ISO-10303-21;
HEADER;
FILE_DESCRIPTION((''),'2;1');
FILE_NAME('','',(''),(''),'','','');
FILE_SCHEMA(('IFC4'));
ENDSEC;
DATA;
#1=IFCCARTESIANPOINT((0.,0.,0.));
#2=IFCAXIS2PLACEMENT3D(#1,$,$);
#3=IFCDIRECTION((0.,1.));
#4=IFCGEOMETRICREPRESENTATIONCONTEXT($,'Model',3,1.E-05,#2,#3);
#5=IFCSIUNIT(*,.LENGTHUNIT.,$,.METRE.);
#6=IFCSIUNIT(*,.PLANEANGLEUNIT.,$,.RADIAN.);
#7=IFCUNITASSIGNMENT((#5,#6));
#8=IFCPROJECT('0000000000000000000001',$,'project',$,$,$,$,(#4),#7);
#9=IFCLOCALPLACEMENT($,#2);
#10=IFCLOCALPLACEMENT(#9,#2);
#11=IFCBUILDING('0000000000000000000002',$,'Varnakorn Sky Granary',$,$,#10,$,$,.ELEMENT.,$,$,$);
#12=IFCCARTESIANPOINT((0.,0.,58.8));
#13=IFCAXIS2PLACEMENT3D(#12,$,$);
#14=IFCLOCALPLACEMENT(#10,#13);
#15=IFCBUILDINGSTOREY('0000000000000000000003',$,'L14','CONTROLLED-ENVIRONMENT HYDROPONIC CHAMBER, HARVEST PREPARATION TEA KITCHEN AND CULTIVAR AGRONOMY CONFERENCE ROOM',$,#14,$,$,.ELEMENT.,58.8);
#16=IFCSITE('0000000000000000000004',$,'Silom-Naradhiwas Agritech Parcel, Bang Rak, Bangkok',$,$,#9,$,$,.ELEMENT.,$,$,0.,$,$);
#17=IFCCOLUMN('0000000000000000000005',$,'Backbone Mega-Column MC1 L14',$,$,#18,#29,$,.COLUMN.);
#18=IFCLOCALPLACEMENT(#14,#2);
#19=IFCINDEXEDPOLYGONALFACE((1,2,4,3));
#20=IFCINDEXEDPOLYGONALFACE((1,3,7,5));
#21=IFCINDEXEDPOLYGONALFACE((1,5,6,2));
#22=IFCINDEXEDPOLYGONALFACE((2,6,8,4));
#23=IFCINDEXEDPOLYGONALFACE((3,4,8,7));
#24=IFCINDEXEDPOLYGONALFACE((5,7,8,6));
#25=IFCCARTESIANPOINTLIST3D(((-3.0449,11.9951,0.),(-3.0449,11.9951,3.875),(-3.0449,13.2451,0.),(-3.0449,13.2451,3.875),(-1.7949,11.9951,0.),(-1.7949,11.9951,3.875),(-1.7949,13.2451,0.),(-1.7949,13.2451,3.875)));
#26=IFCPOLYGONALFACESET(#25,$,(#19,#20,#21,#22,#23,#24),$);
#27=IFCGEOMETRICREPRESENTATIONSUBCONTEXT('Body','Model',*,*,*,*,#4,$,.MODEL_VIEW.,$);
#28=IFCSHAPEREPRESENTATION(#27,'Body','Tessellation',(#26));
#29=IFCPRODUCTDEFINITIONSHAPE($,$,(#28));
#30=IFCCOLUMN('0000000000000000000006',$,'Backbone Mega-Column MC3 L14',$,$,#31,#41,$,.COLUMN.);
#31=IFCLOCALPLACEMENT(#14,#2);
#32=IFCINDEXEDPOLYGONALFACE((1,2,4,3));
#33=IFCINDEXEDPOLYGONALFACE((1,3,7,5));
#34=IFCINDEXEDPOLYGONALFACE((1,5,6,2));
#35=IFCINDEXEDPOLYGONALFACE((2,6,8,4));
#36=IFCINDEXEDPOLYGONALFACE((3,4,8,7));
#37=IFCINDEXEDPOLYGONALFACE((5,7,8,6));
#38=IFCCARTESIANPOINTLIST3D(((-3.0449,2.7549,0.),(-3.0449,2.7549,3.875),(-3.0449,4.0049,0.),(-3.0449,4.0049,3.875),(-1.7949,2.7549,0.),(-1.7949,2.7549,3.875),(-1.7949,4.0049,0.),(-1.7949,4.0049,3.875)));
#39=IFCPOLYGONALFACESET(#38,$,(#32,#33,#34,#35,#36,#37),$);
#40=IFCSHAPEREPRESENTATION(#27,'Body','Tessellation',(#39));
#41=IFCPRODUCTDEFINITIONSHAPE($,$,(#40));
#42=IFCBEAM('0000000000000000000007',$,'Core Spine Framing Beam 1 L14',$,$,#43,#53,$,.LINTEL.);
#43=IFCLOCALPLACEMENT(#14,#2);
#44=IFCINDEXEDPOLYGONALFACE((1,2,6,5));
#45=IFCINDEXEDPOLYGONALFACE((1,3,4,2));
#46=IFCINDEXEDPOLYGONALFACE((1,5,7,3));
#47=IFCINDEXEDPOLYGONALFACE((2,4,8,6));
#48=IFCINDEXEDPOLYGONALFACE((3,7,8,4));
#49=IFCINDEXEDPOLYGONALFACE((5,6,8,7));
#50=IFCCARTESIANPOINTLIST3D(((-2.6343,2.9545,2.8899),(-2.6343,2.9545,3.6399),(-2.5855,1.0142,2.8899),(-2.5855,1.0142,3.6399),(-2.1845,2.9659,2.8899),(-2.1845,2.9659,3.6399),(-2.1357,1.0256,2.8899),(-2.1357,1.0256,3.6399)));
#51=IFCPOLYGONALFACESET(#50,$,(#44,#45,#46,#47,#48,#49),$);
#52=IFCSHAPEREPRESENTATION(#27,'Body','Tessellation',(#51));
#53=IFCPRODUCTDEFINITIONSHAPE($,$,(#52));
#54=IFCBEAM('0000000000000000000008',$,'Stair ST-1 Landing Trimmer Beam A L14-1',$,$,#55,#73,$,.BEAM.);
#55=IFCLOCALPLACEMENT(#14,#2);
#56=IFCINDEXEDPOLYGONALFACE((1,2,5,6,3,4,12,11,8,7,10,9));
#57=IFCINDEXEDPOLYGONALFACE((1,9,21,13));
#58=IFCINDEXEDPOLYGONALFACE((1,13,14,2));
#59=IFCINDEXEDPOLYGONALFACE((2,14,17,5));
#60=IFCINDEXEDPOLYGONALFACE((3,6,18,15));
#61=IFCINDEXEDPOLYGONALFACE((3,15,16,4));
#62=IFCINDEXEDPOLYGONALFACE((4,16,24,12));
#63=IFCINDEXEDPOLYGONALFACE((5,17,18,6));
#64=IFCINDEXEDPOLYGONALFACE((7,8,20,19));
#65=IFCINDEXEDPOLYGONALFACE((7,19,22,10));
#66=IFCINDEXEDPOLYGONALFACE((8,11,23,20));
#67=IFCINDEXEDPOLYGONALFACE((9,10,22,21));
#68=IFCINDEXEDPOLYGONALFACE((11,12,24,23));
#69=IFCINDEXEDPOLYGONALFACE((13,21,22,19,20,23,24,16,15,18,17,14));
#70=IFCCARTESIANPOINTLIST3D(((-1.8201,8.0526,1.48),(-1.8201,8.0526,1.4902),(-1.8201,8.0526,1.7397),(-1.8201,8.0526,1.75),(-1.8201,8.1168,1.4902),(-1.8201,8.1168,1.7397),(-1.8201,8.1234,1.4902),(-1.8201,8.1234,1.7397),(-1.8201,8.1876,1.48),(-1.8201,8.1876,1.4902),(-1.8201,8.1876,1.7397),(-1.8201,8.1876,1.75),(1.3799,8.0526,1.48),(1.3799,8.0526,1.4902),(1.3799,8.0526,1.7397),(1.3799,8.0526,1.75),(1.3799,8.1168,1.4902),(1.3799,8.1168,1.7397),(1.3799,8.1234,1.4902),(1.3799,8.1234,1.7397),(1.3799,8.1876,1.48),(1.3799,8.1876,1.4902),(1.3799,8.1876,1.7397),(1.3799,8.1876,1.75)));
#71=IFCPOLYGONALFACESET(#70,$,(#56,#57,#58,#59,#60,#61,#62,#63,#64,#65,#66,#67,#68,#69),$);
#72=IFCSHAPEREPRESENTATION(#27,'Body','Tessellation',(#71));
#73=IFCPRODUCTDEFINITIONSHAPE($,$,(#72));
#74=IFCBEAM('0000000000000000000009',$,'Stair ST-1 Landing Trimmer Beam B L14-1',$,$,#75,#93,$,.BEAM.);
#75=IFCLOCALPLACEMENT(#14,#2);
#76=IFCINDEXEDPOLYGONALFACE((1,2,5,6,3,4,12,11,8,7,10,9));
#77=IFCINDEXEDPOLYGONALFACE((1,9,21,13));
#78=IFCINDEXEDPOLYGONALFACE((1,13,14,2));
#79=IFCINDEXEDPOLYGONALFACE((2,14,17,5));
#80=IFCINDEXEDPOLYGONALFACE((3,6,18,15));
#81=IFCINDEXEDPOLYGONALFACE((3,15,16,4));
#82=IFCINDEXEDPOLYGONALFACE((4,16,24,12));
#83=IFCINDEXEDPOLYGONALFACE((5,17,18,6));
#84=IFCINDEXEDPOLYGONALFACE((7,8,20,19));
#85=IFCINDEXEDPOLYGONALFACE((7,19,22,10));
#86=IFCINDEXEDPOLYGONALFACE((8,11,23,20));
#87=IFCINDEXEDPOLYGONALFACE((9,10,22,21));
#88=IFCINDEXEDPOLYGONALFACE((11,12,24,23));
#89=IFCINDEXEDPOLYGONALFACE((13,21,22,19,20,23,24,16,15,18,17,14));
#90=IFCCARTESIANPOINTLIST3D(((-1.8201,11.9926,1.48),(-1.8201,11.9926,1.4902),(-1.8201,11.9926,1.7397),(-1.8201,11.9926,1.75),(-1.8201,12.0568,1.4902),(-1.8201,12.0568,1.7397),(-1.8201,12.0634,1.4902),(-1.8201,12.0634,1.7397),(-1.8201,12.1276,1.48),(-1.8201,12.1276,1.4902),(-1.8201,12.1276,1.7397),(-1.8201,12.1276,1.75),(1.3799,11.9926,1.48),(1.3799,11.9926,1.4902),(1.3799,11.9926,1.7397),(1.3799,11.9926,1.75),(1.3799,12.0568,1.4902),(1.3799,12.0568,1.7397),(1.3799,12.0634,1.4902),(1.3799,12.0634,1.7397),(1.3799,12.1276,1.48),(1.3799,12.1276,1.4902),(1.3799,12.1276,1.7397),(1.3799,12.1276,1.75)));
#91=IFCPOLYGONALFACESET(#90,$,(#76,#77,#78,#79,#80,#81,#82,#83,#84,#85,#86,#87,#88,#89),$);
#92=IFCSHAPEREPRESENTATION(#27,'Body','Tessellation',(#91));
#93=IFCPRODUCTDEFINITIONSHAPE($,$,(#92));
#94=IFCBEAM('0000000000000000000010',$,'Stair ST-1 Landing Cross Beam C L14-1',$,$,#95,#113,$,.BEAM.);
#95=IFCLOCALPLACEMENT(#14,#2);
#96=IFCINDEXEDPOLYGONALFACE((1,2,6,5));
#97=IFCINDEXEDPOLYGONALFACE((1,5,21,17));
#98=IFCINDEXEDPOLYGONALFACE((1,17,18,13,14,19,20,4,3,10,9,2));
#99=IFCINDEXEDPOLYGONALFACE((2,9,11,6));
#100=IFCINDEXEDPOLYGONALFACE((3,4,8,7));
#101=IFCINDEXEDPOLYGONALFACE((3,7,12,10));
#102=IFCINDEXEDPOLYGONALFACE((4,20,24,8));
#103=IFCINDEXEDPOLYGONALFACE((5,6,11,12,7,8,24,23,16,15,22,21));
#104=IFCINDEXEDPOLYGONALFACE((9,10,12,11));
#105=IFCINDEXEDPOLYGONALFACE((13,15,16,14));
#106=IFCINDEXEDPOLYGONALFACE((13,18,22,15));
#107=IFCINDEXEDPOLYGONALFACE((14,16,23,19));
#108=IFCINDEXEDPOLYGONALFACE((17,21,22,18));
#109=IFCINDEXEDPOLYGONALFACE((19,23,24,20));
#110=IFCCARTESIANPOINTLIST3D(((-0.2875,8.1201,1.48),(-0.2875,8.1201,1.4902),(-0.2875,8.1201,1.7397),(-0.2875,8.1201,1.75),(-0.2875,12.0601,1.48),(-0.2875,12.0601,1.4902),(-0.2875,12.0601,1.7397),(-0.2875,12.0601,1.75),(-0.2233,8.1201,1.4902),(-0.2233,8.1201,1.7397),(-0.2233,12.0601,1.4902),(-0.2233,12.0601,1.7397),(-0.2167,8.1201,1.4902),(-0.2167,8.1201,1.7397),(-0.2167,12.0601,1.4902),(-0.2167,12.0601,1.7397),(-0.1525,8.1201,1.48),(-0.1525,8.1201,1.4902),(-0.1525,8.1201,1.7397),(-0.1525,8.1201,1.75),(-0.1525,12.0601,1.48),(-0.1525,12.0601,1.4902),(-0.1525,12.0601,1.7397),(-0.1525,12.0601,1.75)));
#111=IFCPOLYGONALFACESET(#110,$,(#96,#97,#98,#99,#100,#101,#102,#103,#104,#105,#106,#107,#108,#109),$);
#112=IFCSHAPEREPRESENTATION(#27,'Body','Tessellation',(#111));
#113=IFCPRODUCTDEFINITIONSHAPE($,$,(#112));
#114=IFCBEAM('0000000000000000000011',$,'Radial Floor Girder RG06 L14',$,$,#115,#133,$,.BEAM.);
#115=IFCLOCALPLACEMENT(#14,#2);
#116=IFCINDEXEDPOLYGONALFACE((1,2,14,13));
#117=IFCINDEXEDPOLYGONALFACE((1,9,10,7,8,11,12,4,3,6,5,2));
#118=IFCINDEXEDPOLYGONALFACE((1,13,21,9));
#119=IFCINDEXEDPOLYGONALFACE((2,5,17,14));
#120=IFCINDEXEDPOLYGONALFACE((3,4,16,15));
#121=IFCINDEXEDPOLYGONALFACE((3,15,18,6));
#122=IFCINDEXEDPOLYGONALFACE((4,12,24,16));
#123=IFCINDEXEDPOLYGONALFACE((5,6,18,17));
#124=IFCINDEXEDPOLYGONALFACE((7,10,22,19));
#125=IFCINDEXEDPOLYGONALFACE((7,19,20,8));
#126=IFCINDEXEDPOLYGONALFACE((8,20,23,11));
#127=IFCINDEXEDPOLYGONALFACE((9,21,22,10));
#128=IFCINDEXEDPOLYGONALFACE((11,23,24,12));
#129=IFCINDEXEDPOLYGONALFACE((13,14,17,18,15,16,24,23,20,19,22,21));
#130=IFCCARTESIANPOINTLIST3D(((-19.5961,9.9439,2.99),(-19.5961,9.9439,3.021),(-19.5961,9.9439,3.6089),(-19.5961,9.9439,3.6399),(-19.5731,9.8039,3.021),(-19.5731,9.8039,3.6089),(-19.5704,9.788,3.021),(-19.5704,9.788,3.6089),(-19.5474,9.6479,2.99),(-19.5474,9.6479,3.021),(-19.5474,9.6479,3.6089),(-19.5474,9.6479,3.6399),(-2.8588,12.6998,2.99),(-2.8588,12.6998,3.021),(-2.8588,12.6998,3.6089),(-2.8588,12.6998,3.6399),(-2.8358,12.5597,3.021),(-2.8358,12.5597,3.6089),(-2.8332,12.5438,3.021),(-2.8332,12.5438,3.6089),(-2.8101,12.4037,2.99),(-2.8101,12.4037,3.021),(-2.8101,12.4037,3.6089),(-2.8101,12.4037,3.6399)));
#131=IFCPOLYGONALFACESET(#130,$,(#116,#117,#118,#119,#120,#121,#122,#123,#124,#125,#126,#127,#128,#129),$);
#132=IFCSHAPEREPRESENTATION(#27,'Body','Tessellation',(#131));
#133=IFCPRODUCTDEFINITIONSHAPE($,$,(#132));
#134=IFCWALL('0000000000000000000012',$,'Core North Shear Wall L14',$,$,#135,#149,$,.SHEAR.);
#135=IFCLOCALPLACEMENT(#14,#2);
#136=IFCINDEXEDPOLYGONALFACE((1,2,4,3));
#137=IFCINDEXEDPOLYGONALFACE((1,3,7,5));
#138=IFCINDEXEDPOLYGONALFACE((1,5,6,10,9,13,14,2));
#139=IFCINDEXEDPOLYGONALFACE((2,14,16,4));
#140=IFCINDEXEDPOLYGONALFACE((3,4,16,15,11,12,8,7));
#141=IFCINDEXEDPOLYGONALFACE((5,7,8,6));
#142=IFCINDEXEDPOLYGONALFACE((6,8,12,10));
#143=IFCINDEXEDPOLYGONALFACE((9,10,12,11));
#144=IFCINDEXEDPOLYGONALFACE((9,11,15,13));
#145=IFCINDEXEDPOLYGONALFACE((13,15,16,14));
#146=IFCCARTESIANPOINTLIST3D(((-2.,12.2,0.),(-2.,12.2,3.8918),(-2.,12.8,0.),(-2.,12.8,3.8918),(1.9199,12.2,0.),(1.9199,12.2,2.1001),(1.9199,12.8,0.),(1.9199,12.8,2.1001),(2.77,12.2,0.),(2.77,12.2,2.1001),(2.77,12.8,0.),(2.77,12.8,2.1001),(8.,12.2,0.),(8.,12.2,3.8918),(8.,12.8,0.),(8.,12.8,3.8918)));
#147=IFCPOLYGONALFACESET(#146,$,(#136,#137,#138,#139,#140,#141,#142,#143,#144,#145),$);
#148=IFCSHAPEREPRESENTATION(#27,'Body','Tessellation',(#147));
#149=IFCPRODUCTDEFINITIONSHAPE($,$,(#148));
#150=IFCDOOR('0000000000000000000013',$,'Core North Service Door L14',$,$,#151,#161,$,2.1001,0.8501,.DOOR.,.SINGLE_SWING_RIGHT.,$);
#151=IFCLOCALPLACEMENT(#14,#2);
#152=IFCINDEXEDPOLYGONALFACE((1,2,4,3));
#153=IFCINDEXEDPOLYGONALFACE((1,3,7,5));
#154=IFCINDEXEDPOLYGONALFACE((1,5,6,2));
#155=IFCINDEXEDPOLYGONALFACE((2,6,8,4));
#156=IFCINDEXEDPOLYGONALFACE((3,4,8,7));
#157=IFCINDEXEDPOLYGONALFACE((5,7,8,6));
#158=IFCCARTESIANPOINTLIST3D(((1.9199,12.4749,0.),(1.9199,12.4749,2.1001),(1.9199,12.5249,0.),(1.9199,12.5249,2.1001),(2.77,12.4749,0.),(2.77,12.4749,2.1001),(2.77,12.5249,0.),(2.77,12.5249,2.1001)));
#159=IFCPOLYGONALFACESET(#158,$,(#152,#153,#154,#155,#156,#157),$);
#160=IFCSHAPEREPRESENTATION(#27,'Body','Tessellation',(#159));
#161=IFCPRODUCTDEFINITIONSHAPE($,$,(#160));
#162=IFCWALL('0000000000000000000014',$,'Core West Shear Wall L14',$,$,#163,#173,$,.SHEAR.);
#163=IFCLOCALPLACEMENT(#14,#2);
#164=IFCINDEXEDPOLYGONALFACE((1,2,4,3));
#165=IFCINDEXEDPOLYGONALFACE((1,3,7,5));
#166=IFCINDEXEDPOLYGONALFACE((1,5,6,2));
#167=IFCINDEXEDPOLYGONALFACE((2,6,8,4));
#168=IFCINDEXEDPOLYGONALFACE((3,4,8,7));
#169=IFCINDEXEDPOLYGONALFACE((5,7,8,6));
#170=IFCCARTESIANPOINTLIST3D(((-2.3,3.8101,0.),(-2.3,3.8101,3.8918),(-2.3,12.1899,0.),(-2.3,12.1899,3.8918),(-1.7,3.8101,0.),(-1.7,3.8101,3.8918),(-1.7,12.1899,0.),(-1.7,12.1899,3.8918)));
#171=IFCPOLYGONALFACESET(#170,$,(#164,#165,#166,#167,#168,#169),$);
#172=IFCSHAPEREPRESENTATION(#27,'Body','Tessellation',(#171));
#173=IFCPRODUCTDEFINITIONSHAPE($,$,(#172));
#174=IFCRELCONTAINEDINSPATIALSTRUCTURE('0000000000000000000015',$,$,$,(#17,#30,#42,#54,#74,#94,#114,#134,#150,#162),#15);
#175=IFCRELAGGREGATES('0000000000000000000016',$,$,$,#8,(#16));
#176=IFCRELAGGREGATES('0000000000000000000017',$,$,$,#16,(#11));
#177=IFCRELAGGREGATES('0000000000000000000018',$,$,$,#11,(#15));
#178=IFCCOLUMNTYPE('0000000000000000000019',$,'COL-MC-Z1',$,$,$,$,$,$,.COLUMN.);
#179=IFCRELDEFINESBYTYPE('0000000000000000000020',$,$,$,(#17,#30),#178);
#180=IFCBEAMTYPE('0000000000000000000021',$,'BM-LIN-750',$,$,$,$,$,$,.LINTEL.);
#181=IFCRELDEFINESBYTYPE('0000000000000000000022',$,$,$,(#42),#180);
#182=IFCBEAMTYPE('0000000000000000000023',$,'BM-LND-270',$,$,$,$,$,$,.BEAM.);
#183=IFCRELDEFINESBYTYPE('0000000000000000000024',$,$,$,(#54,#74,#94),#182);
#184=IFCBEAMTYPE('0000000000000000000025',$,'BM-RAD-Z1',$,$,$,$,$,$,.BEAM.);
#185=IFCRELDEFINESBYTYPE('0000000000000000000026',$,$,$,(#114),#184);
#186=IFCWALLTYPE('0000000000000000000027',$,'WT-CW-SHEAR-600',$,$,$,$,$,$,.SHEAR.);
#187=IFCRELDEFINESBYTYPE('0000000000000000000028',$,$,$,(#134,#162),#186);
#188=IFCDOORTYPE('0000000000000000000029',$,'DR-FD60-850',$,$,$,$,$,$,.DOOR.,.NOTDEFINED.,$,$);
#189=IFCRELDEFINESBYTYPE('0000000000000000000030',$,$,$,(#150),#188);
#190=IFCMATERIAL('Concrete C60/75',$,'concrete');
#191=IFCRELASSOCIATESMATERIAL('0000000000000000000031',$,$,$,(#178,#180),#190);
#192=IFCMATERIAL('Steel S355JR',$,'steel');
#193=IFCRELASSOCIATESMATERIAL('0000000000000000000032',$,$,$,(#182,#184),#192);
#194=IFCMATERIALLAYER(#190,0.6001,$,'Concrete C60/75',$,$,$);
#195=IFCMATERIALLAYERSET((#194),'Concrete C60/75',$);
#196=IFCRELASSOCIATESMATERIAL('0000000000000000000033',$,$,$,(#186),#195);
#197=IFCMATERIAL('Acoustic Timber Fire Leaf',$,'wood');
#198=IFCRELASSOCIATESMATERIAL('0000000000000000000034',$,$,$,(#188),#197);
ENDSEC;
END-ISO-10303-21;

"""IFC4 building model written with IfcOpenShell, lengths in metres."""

from ifc_helpers import new_model, si_unit, direction, frame, frame_2d, origin, origin_2d, place, context, subcontext, project, spatial, rectangle, i_section, extrude, material, layer, layer_set, material_profile, profile_set, type_object, element, fill, save


model = new_model("IFC4")

# Units and contexts
model_context = context("Model", 3, precision=1e-05, world=origin(), true_north=direction((0.0, 1.0)))
body_context = subcontext(model_context, "Body", "Model", "MODEL_VIEW")
ifc_project = project(units=[si_unit("LENGTHUNIT", "METRE"), si_unit("PLANEANGLEUNIT", "RADIAN")], contexts=[model_context])

# Site, building, storey
site_placement = place(None, origin())
site = spatial("IfcSite", under=ifc_project, at=site_placement, Name="Silom-Naradhiwas Agritech Parcel, Bang Rak, Bangkok", CompositionType="ELEMENT", RefElevation=0.0)
building_placement = place(site_placement, origin())
building = spatial("IfcBuilding", under=site, at=building_placement, Name="Varnakorn Sky Granary", CompositionType="ELEMENT")
storey_placement = place(building_placement, frame((0.0, 0.0, 58.8)))
storey = spatial("IfcBuildingStorey", under=building, at=storey_placement, Name="L14", Description="CONTROLLED-ENVIRONMENT HYDROPONIC CHAMBER, HARVEST PREPARATION TEA KITCHEN AND CULTIVAR AGRONOMY CONFERENCE ROOM", CompositionType="ELEMENT", Elevation=58.8)

# Columns
ifc_material_1 = material(Name="Concrete C60/75", Category="concrete")
ifc_material_profile_1 = material_profile(ifc_material_1, rectangle(XDim=1.25, YDim=1.25, at=origin_2d()), Name="RC 1250x1250")
ifc_profile_set_1 = profile_set([ifc_material_profile_1], Name="Concrete C60/75")
column_type = type_object("IfcColumnType", Name="COL-MC-Z1", PredefinedType="COLUMN", material=ifc_profile_set_1)
for number, where, z_axis, x_axis, name in (
    (1, (-2.4199, 12.6201, 0.0), (0.0, 0.0, 1.0), (1.0, 0.0, 0.0), "Backbone Mega-Column MC1 L14"),
    (2, (-2.4199, 3.3799, 0.0), (0.0, 0.0, 1.0), (1.0, 0.0, 0.0), "Backbone Mega-Column MC3 L14"),
):
    element("IfcColumn", number, at=place(storey_placement, frame(where, z_axis=z_axis, x_axis=x_axis)), inside=storey, type_object=column_type, Name=name, PredefinedType="COLUMN", context=body_context, shape_type="SweptSolid", body=[
        extrude(rectangle(XDim=1.25, YDim=1.25, at=origin_2d()), origin(), (0.0, 0.0, 1.0), 3.875),
    ])

# Beams
ifc_material_profile_2 = material_profile(ifc_material_1, rectangle(XDim=0.45, YDim=0.75, at=origin_2d()), Name="RC 450x750")
ifc_profile_set_2 = profile_set([ifc_material_profile_2], Name="Concrete C60/75")
beam_type_1 = type_object("IfcBeamType", Name="BM-LIN-750", PredefinedType="LINTEL", material=ifc_profile_set_2)
beam_1_placement = place(storey_placement, frame((-2.4094, 2.9602, 3.2649), z_axis=(0.025159, -0.999683, 0.0), x_axis=(0.999683, 0.025159, 0.0)))
element("IfcBeam", 3, at=beam_1_placement, inside=storey, type_object=beam_type_1, Name="Core Spine Framing Beam 1 L14", PredefinedType="LINTEL", context=body_context, shape_type="SweptSolid", body=[
    extrude(rectangle(XDim=0.45, YDim=0.75, at=origin_2d()), origin(), (0.0, 0.0, 1.0), 1.9409),
])
ifc_material_2 = material(Name="Steel S355JR", Category="steel")
ifc_material_profile_3 = material_profile(ifc_material_2, i_section(OverallWidth=0.135, OverallDepth=0.27, WebThickness=0.0066, FlangeThickness=0.0103, at=origin_2d()), Name="IPE 270")
ifc_profile_set_3 = profile_set([ifc_material_profile_3], Name="Steel S355JR")
beam_type_2 = type_object("IfcBeamType", Name="BM-LND-270", PredefinedType="BEAM", material=ifc_profile_set_3)
for number, where, z_axis, x_axis, name in (
    (4, (-1.8201, 8.1201, 1.615), (1.0, 0.0, 0.0), (0.0, 1.0, 0.0), "Stair ST-1 Landing Trimmer Beam A L14-1"),
    (5, (-1.8201, 12.0601, 1.615), (1.0, 0.0, 0.0), (0.0, 1.0, 0.0), "Stair ST-1 Landing Trimmer Beam B L14-1"),
):
    element("IfcBeam", number, at=place(storey_placement, frame(where, z_axis=z_axis, x_axis=x_axis)), inside=storey, type_object=beam_type_2, Name=name, PredefinedType="BEAM", context=body_context, shape_type="SweptSolid", body=[
        extrude(i_section(OverallWidth=0.135, OverallDepth=0.27, WebThickness=0.0066, FlangeThickness=0.0103, at=origin_2d()), origin(), (0.0, 0.0, 1.0), 3.2),
    ])
beam_2_placement = place(storey_placement, frame((-0.22, 8.1201, 1.615), z_axis=(0.0, 1.0, 0.0), x_axis=(-1.0, 0.0, 0.0)))
element("IfcBeam", 6, at=beam_2_placement, inside=storey, type_object=beam_type_2, Name="Stair ST-1 Landing Cross Beam C L14-1", PredefinedType="BEAM", context=body_context, shape_type="SweptSolid", body=[
    extrude(i_section(OverallWidth=0.135, OverallDepth=0.27, WebThickness=0.0066, FlangeThickness=0.0103, at=origin_2d()), origin(), (0.0, 0.0, 1.0), 3.9399),
])
ifc_material_profile_4 = material_profile(ifc_material_2, i_section(OverallWidth=0.3, OverallDepth=0.6499, WebThickness=0.0161, FlangeThickness=0.031, at=origin_2d()), Name="HE 650 B")
ifc_profile_set_4 = profile_set([ifc_material_profile_4], Name="Steel S355JR")
beam_type_3 = type_object("IfcBeamType", Name="BM-RAD-Z1", PredefinedType="BEAM", material=ifc_profile_set_4)
beam_3_placement = place(storey_placement, frame((-2.8345, 12.5518, 3.3149), z_axis=(-0.986714, -0.162466, 0.0), x_axis=(0.162466, -0.986714, 0.0)))
element("IfcBeam", 7, at=beam_3_placement, inside=storey, type_object=beam_type_3, Name="Radial Floor Girder RG06 L14", PredefinedType="BEAM", context=body_context, shape_type="SweptSolid", body=[
    extrude(i_section(OverallWidth=0.3, OverallDepth=0.6499, WebThickness=0.0161, FlangeThickness=0.031, at=origin_2d()), origin(), (0.0, 0.0, 1.0), 16.9626),
])

# Shared definitions
ifc_layer_1 = layer(ifc_material_1, 0.6001, Name="Concrete C60/75")
ifc_layer_set_1 = layer_set([ifc_layer_1], Name="Concrete C60/75")
wall_type_1 = type_object("IfcWallType", Name="WT-CW-SHEAR-600", PredefinedType="SHEAR", material=ifc_layer_set_1)

# Wall, opening, door
wall_1_placement = place(storey_placement, frame((-2.0, 12.5, 0.0), z_axis=(0.0, 0.0, 1.0), x_axis=(1.0, 0.0, 0.0)))
wall_1 = element("IfcWall", 8, at=wall_1_placement, inside=storey, type_object=wall_type_1, Name="Core North Shear Wall L14", PredefinedType="SHEAR", context=body_context, shape_type="SweptSolid", body=[
    extrude(rectangle(XDim=10.0, YDim=0.6001, at=frame_2d((5.0, 0.0))), origin(), (0.0, 0.0, 1.0), 3.8918),
])
opening_1_placement = place(wall_1_placement, frame((3.9199, 0.0, 0.0)))
opening_1 = element("IfcOpeningElement", 9, at=opening_1_placement, cuts=wall_1, PredefinedType="OPENING", context=body_context, shape_type="SweptSolid", body=[
    extrude(rectangle(XDim=0.8501, YDim=2.1001, at=frame_2d((0.425, 1.05))), frame((0.0, 0.3101, 0.0), z_axis=(0.0, -1.0, 0.0), x_axis=(1.0, 0.0, 0.0)), (0.0, 0.0, 1.0), 0.6201),
])
ifc_material_3 = material(Name="Acoustic Timber Fire Leaf", Category="wood")
door_type_1 = type_object("IfcDoorType", Name="DR-FD60-850", OperationType="NOTDEFINED", PredefinedType="DOOR", material=ifc_material_3)
door_1_placement = place(opening_1_placement, origin())
door_1 = element("IfcDoor", 10, at=door_1_placement, inside=storey, type_object=door_type_1, Name="Core North Service Door L14", OperationType="SINGLE_SWING_RIGHT", OverallHeight=2.1001, OverallWidth=0.8501, PredefinedType="DOOR", context=body_context, shape_type="SweptSolid", body=[
    extrude(rectangle(XDim=0.8501, YDim=2.1001, at=frame_2d((0.425, 1.05))), frame((0.0, 0.0249, 0.0), z_axis=(0.0, -1.0, 0.0), x_axis=(1.0, 0.0, 0.0)), (0.0, 0.0, 1.0), 0.05),
])
fill(opening_1, door_1)

# Wall
wall_2_placement = place(storey_placement, frame((-2.0, 3.8101, 0.0), z_axis=(0.0, 0.0, 1.0), x_axis=(0.0, 1.0, 0.0)))
element("IfcWall", 11, at=wall_2_placement, inside=storey, type_object=wall_type_1, Name="Core West Shear Wall L14", PredefinedType="SHEAR", context=body_context, shape_type="SweptSolid", body=[
    extrude(rectangle(XDim=8.3799, YDim=0.6001, at=frame_2d((4.1899, 0.0))), origin(), (0.0, 0.0, 1.0), 3.8918),
])

save(model, "model.ifc")
